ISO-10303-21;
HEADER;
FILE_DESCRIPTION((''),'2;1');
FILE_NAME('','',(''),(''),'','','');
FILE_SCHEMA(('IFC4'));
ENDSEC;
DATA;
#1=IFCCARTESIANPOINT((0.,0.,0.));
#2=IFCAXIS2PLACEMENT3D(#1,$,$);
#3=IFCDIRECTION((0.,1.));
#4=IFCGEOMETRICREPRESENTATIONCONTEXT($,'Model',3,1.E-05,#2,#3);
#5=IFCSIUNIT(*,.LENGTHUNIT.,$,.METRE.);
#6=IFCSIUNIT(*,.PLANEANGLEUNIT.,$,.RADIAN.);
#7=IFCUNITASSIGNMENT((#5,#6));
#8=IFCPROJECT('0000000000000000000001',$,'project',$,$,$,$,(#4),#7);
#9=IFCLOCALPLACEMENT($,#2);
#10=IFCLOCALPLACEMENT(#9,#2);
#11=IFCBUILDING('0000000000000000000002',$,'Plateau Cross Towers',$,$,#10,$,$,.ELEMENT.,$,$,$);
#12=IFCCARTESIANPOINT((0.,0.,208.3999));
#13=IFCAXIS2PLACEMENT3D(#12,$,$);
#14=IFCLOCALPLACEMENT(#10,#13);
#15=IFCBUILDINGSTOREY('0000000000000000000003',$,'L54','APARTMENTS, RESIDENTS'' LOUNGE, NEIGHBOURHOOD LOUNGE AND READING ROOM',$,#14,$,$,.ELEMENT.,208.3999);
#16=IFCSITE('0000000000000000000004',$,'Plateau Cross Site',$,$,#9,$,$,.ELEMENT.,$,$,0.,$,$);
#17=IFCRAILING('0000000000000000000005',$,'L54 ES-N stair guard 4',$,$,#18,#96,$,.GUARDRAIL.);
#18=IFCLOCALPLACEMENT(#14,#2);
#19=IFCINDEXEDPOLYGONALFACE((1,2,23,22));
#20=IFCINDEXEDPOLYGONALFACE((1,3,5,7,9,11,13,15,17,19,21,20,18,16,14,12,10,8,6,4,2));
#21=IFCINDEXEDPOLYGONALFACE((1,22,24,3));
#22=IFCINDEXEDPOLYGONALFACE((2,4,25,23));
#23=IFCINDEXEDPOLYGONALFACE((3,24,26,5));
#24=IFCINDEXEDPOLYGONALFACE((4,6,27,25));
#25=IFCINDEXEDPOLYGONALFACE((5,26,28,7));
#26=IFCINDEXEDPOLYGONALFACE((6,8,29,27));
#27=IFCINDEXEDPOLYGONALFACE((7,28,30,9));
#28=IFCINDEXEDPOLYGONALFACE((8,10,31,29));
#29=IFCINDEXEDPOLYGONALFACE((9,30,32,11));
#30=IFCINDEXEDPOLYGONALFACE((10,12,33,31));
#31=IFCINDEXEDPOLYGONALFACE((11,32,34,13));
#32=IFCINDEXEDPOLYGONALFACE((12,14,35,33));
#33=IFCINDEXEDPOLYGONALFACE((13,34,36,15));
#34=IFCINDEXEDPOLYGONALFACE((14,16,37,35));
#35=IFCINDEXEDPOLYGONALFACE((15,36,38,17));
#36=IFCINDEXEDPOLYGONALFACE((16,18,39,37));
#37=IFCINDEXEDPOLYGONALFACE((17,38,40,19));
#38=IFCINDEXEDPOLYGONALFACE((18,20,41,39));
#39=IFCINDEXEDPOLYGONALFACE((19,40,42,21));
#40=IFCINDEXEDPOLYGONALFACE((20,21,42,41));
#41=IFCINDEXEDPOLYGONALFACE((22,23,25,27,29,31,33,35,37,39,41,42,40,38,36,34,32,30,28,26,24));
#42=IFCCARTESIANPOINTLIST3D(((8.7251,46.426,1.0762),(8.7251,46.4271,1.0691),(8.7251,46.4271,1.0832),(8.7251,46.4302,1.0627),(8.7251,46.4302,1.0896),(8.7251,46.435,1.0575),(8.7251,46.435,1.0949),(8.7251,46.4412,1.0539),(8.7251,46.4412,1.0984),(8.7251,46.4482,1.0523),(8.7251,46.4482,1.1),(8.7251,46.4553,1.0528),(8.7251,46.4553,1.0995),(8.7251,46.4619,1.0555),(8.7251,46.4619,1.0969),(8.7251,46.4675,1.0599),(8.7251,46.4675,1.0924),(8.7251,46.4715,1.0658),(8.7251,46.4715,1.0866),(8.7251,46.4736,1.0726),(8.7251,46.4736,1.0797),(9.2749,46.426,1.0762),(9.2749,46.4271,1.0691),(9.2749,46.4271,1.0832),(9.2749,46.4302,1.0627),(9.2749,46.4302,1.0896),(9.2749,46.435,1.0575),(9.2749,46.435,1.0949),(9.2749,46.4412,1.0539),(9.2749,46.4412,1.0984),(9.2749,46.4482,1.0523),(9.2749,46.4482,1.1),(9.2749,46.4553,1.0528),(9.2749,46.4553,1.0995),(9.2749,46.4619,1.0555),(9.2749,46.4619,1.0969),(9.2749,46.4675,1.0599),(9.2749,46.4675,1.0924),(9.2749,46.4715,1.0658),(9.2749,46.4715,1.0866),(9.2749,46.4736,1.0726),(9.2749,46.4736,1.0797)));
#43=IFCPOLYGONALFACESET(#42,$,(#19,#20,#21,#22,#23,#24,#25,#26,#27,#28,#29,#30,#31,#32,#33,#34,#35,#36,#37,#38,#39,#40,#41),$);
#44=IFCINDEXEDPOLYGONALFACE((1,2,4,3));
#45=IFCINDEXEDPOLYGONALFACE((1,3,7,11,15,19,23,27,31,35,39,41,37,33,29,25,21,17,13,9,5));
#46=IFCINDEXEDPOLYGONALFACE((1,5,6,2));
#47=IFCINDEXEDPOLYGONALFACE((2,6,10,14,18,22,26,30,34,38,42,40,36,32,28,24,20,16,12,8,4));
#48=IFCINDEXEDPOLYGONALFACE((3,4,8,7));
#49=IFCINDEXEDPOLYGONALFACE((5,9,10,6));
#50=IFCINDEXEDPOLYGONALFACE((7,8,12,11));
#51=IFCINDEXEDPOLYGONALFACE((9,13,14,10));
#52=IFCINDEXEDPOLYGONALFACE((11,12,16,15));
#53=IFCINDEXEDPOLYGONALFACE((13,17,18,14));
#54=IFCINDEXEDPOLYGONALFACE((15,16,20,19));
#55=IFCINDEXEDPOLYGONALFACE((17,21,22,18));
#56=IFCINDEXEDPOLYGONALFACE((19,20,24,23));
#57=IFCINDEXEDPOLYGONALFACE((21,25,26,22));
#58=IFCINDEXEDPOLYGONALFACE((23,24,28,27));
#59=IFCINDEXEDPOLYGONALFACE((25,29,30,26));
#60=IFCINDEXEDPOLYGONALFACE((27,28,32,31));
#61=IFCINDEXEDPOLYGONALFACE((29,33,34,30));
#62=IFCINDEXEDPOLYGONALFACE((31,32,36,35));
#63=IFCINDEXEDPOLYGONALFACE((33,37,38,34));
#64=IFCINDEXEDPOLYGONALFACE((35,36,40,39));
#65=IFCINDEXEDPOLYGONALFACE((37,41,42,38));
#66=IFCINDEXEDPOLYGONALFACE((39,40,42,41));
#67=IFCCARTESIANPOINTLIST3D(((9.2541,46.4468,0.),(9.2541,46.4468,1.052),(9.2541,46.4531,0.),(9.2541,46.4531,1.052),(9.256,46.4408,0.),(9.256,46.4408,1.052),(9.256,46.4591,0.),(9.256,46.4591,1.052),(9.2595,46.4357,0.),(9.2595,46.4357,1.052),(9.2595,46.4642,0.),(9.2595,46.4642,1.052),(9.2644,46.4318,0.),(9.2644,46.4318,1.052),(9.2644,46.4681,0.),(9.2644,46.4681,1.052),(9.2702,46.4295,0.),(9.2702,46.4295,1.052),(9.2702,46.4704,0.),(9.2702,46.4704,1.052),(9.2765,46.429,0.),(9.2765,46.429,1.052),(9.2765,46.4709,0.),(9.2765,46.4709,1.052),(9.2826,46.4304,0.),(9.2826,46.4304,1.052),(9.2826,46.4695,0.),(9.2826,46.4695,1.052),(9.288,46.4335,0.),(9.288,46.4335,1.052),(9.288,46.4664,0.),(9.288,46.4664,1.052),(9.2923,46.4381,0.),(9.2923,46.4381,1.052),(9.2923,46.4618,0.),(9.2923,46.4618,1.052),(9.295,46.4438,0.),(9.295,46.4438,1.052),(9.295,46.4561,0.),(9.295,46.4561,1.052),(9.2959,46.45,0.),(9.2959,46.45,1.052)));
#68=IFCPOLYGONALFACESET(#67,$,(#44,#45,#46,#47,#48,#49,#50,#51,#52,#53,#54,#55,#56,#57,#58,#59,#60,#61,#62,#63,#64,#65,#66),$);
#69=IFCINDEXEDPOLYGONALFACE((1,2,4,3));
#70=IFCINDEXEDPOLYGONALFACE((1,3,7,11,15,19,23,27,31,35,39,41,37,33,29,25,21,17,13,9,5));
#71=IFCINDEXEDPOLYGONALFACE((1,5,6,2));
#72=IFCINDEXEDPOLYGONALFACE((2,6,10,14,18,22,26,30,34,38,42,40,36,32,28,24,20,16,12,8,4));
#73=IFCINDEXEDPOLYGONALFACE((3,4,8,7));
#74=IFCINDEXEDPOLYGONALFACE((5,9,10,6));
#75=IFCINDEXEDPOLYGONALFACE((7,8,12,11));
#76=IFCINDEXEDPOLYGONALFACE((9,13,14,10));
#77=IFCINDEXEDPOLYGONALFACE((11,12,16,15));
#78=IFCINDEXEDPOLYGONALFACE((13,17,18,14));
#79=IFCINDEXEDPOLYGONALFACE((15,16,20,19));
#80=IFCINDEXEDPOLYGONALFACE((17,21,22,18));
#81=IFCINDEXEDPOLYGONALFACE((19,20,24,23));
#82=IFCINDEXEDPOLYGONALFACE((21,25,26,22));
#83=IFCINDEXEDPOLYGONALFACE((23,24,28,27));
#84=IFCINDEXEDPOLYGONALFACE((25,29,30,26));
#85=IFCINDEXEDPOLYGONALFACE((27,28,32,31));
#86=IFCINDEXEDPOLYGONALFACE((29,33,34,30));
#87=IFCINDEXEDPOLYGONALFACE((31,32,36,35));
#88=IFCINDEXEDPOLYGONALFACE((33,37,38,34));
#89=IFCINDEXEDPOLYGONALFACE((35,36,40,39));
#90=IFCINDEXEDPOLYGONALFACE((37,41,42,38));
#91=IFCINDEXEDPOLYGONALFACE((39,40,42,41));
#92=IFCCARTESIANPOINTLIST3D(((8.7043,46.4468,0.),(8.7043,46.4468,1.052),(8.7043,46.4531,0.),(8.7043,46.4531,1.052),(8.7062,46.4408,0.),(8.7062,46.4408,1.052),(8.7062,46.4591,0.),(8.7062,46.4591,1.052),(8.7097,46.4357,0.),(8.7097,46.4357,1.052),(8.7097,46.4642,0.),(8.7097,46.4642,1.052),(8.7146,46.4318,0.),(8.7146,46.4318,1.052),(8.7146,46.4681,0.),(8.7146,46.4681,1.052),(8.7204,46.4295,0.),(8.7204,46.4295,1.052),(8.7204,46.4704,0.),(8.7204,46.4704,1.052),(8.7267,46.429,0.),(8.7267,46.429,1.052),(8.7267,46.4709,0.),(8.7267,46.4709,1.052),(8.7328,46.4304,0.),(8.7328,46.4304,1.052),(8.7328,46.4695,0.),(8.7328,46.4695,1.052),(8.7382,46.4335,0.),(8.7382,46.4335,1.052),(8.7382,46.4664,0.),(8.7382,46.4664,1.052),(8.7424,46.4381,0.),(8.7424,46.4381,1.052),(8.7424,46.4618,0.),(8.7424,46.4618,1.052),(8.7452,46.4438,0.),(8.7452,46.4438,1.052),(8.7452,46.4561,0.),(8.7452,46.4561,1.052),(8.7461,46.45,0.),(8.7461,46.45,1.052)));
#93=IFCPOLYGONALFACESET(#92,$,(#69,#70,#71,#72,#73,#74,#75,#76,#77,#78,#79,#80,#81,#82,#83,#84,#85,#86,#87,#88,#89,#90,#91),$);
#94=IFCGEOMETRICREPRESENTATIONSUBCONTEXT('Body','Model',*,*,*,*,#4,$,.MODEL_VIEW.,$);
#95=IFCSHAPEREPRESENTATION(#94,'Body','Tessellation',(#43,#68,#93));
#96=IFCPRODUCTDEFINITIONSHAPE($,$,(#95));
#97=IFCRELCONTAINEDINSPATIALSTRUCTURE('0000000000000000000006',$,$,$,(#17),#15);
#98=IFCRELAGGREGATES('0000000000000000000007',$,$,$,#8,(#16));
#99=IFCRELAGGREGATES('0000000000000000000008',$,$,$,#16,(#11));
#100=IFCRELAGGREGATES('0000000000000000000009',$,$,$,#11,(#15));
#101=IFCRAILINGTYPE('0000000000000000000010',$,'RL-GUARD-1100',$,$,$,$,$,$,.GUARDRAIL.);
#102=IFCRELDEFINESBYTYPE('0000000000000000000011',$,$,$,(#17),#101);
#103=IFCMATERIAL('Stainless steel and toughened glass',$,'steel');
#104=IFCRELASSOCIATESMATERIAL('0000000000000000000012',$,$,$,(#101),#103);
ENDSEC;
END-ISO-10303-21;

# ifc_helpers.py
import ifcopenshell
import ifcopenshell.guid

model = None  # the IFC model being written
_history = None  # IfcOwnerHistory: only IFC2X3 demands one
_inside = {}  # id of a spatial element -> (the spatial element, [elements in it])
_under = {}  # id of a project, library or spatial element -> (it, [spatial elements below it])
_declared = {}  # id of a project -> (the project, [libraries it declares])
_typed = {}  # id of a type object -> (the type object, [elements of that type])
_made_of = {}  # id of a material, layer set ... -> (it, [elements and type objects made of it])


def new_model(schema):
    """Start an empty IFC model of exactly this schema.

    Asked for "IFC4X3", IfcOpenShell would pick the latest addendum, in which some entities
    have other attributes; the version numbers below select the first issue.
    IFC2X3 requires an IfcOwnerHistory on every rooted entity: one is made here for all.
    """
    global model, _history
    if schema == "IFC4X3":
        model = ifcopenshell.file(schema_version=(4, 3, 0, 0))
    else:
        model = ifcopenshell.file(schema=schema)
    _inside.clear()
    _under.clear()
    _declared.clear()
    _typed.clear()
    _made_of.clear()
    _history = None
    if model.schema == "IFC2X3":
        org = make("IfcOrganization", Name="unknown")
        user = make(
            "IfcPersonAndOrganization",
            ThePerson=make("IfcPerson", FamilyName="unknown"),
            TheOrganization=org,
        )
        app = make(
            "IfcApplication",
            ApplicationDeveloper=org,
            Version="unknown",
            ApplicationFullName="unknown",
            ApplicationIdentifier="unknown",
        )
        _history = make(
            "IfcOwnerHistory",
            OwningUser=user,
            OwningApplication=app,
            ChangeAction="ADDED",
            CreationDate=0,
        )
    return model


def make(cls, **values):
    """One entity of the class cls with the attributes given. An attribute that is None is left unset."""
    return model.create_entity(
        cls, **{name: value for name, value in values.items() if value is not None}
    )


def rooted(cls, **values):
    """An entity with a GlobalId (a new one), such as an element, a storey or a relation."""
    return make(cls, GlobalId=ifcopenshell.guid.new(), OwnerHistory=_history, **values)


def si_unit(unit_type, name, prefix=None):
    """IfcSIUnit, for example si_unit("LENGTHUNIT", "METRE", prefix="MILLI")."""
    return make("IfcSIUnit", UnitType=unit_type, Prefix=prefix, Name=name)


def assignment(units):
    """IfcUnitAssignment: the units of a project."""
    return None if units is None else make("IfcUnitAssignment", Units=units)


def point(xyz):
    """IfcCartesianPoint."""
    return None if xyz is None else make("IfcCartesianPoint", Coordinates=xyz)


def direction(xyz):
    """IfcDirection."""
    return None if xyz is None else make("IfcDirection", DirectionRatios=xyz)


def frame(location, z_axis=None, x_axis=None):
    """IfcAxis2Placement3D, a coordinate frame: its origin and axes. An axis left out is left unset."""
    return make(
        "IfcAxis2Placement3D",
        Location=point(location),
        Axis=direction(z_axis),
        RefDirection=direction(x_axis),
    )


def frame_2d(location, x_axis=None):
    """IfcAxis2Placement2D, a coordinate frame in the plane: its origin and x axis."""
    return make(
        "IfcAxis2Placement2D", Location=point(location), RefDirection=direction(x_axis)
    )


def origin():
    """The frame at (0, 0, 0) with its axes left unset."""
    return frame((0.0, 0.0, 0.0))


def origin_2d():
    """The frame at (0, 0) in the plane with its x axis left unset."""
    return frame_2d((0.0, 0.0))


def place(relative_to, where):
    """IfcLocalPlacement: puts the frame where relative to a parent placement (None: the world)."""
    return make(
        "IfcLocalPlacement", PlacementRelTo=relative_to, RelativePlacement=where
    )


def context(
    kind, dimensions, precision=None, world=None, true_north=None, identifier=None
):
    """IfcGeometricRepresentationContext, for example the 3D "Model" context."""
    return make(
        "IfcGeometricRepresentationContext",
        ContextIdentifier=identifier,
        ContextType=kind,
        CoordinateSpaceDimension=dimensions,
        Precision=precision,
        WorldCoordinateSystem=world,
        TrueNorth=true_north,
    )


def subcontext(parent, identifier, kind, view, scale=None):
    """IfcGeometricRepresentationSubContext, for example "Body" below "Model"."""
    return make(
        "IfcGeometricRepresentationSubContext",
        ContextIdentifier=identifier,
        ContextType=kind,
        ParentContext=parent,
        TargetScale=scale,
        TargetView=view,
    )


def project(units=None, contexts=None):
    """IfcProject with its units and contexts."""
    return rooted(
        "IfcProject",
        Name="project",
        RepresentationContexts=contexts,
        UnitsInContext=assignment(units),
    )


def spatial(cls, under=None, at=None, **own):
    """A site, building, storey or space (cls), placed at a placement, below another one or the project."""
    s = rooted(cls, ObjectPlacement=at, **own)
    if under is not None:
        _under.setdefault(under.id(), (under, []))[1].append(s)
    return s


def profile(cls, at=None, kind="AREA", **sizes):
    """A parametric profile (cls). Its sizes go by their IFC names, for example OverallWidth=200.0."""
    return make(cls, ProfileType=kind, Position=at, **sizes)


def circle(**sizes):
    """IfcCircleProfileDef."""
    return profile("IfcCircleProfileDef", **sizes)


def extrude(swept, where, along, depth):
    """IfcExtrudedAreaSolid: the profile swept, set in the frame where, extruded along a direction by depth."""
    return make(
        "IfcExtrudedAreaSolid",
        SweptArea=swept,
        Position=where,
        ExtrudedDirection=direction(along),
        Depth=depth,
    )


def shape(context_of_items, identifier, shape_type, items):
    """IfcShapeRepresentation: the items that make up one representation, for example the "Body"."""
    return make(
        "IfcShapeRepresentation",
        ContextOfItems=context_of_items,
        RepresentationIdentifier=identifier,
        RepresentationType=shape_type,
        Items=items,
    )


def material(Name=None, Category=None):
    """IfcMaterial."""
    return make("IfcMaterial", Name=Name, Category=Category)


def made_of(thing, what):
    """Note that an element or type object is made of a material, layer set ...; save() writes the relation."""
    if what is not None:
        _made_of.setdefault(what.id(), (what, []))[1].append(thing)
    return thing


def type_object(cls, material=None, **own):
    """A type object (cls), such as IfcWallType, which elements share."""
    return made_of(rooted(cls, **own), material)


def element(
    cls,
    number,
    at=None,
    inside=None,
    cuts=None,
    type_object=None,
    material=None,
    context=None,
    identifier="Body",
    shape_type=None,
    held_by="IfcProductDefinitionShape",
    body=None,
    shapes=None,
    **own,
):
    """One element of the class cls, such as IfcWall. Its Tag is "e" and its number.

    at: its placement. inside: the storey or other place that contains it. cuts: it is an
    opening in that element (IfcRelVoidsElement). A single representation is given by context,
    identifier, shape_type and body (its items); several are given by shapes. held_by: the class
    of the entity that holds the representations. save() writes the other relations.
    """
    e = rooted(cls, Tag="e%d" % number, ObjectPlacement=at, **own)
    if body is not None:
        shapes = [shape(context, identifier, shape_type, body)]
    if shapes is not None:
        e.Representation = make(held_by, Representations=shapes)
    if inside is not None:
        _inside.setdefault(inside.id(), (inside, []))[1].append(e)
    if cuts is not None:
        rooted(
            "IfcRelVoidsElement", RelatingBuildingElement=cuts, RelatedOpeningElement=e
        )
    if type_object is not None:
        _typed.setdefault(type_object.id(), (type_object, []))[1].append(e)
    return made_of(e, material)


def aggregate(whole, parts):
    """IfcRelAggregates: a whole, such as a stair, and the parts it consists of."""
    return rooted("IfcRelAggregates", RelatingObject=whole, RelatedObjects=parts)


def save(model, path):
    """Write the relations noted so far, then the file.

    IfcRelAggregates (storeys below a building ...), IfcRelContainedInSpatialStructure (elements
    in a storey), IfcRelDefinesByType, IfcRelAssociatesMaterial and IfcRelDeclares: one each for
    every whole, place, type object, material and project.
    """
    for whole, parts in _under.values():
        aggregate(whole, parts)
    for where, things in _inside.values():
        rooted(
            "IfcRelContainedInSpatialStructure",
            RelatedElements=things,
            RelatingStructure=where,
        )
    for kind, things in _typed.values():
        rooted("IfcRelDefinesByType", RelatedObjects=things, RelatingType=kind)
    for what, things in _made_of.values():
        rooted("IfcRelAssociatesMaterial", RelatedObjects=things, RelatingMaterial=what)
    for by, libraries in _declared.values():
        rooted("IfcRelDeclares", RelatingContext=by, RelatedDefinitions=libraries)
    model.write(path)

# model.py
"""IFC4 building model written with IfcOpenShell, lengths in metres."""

from ifc_helpers import new_model, si_unit, direction, frame, origin, origin_2d, place, context, subcontext, project, spatial, circle, extrude, material, type_object, element, save


model = new_model("IFC4")

# Units and contexts
model_context = context("Model", 3, precision=1e-05, world=origin(), true_north=direction((0.0, 1.0)))
body_context = subcontext(model_context, "Body", "Model", "MODEL_VIEW")
ifc_project = project(units=[si_unit("LENGTHUNIT", "METRE"), si_unit("PLANEANGLEUNIT", "RADIAN")], contexts=[model_context])

# Site, building, storey
site_placement = place(None, origin())
site = spatial("IfcSite", under=ifc_project, at=site_placement, Name="Plateau Cross Site", CompositionType="ELEMENT", RefElevation=0.0)
building_placement = place(site_placement, origin())
building = spatial("IfcBuilding", under=site, at=building_placement, Name="Plateau Cross Towers", CompositionType="ELEMENT")
storey_placement = place(building_placement, frame((0.0, 0.0, 208.3999)))
storey = spatial("IfcBuildingStorey", under=building, at=storey_placement, Name="L54", Description="APARTMENTS, RESIDENTS' LOUNGE, NEIGHBOURHOOD LOUNGE AND READING ROOM", CompositionType="ELEMENT", Elevation=208.3999)

# Railing
ifc_material_1 = material(Name="Stainless steel and toughened glass", Category="steel")
railing_type_1 = type_object("IfcRailingType", Name="RL-GUARD-1100", PredefinedType="GUARDRAIL", material=ifc_material_1)
railing_1_placement = place(storey_placement, frame((9.2749, 46.45, 0.0)))
element("IfcRailing", 1, at=railing_1_placement, inside=storey, type_object=railing_type_1, Name="L54 ES-N stair guard 4", PredefinedType="GUARDRAIL", context=body_context, shape_type="SweptSolid", body=[
    extrude(circle(Radius=0.0239, at=origin_2d()), frame((0.0, 0.0, 1.0762), z_axis=(-1.0, 0.0, 0.0), x_axis=(0.0, -1.0, 0.0)), (0.0, 0.0, 1.0), 0.5498),
    extrude(circle(Radius=0.021, at=origin_2d()), origin(), (0.0, 0.0, 1.0), 1.052),
    extrude(circle(Radius=0.021, at=origin_2d()), frame((-0.5498, 0.0, 0.0)), (0.0, 0.0, 1.0), 1.052),
])

save(model, "model.ifc")
